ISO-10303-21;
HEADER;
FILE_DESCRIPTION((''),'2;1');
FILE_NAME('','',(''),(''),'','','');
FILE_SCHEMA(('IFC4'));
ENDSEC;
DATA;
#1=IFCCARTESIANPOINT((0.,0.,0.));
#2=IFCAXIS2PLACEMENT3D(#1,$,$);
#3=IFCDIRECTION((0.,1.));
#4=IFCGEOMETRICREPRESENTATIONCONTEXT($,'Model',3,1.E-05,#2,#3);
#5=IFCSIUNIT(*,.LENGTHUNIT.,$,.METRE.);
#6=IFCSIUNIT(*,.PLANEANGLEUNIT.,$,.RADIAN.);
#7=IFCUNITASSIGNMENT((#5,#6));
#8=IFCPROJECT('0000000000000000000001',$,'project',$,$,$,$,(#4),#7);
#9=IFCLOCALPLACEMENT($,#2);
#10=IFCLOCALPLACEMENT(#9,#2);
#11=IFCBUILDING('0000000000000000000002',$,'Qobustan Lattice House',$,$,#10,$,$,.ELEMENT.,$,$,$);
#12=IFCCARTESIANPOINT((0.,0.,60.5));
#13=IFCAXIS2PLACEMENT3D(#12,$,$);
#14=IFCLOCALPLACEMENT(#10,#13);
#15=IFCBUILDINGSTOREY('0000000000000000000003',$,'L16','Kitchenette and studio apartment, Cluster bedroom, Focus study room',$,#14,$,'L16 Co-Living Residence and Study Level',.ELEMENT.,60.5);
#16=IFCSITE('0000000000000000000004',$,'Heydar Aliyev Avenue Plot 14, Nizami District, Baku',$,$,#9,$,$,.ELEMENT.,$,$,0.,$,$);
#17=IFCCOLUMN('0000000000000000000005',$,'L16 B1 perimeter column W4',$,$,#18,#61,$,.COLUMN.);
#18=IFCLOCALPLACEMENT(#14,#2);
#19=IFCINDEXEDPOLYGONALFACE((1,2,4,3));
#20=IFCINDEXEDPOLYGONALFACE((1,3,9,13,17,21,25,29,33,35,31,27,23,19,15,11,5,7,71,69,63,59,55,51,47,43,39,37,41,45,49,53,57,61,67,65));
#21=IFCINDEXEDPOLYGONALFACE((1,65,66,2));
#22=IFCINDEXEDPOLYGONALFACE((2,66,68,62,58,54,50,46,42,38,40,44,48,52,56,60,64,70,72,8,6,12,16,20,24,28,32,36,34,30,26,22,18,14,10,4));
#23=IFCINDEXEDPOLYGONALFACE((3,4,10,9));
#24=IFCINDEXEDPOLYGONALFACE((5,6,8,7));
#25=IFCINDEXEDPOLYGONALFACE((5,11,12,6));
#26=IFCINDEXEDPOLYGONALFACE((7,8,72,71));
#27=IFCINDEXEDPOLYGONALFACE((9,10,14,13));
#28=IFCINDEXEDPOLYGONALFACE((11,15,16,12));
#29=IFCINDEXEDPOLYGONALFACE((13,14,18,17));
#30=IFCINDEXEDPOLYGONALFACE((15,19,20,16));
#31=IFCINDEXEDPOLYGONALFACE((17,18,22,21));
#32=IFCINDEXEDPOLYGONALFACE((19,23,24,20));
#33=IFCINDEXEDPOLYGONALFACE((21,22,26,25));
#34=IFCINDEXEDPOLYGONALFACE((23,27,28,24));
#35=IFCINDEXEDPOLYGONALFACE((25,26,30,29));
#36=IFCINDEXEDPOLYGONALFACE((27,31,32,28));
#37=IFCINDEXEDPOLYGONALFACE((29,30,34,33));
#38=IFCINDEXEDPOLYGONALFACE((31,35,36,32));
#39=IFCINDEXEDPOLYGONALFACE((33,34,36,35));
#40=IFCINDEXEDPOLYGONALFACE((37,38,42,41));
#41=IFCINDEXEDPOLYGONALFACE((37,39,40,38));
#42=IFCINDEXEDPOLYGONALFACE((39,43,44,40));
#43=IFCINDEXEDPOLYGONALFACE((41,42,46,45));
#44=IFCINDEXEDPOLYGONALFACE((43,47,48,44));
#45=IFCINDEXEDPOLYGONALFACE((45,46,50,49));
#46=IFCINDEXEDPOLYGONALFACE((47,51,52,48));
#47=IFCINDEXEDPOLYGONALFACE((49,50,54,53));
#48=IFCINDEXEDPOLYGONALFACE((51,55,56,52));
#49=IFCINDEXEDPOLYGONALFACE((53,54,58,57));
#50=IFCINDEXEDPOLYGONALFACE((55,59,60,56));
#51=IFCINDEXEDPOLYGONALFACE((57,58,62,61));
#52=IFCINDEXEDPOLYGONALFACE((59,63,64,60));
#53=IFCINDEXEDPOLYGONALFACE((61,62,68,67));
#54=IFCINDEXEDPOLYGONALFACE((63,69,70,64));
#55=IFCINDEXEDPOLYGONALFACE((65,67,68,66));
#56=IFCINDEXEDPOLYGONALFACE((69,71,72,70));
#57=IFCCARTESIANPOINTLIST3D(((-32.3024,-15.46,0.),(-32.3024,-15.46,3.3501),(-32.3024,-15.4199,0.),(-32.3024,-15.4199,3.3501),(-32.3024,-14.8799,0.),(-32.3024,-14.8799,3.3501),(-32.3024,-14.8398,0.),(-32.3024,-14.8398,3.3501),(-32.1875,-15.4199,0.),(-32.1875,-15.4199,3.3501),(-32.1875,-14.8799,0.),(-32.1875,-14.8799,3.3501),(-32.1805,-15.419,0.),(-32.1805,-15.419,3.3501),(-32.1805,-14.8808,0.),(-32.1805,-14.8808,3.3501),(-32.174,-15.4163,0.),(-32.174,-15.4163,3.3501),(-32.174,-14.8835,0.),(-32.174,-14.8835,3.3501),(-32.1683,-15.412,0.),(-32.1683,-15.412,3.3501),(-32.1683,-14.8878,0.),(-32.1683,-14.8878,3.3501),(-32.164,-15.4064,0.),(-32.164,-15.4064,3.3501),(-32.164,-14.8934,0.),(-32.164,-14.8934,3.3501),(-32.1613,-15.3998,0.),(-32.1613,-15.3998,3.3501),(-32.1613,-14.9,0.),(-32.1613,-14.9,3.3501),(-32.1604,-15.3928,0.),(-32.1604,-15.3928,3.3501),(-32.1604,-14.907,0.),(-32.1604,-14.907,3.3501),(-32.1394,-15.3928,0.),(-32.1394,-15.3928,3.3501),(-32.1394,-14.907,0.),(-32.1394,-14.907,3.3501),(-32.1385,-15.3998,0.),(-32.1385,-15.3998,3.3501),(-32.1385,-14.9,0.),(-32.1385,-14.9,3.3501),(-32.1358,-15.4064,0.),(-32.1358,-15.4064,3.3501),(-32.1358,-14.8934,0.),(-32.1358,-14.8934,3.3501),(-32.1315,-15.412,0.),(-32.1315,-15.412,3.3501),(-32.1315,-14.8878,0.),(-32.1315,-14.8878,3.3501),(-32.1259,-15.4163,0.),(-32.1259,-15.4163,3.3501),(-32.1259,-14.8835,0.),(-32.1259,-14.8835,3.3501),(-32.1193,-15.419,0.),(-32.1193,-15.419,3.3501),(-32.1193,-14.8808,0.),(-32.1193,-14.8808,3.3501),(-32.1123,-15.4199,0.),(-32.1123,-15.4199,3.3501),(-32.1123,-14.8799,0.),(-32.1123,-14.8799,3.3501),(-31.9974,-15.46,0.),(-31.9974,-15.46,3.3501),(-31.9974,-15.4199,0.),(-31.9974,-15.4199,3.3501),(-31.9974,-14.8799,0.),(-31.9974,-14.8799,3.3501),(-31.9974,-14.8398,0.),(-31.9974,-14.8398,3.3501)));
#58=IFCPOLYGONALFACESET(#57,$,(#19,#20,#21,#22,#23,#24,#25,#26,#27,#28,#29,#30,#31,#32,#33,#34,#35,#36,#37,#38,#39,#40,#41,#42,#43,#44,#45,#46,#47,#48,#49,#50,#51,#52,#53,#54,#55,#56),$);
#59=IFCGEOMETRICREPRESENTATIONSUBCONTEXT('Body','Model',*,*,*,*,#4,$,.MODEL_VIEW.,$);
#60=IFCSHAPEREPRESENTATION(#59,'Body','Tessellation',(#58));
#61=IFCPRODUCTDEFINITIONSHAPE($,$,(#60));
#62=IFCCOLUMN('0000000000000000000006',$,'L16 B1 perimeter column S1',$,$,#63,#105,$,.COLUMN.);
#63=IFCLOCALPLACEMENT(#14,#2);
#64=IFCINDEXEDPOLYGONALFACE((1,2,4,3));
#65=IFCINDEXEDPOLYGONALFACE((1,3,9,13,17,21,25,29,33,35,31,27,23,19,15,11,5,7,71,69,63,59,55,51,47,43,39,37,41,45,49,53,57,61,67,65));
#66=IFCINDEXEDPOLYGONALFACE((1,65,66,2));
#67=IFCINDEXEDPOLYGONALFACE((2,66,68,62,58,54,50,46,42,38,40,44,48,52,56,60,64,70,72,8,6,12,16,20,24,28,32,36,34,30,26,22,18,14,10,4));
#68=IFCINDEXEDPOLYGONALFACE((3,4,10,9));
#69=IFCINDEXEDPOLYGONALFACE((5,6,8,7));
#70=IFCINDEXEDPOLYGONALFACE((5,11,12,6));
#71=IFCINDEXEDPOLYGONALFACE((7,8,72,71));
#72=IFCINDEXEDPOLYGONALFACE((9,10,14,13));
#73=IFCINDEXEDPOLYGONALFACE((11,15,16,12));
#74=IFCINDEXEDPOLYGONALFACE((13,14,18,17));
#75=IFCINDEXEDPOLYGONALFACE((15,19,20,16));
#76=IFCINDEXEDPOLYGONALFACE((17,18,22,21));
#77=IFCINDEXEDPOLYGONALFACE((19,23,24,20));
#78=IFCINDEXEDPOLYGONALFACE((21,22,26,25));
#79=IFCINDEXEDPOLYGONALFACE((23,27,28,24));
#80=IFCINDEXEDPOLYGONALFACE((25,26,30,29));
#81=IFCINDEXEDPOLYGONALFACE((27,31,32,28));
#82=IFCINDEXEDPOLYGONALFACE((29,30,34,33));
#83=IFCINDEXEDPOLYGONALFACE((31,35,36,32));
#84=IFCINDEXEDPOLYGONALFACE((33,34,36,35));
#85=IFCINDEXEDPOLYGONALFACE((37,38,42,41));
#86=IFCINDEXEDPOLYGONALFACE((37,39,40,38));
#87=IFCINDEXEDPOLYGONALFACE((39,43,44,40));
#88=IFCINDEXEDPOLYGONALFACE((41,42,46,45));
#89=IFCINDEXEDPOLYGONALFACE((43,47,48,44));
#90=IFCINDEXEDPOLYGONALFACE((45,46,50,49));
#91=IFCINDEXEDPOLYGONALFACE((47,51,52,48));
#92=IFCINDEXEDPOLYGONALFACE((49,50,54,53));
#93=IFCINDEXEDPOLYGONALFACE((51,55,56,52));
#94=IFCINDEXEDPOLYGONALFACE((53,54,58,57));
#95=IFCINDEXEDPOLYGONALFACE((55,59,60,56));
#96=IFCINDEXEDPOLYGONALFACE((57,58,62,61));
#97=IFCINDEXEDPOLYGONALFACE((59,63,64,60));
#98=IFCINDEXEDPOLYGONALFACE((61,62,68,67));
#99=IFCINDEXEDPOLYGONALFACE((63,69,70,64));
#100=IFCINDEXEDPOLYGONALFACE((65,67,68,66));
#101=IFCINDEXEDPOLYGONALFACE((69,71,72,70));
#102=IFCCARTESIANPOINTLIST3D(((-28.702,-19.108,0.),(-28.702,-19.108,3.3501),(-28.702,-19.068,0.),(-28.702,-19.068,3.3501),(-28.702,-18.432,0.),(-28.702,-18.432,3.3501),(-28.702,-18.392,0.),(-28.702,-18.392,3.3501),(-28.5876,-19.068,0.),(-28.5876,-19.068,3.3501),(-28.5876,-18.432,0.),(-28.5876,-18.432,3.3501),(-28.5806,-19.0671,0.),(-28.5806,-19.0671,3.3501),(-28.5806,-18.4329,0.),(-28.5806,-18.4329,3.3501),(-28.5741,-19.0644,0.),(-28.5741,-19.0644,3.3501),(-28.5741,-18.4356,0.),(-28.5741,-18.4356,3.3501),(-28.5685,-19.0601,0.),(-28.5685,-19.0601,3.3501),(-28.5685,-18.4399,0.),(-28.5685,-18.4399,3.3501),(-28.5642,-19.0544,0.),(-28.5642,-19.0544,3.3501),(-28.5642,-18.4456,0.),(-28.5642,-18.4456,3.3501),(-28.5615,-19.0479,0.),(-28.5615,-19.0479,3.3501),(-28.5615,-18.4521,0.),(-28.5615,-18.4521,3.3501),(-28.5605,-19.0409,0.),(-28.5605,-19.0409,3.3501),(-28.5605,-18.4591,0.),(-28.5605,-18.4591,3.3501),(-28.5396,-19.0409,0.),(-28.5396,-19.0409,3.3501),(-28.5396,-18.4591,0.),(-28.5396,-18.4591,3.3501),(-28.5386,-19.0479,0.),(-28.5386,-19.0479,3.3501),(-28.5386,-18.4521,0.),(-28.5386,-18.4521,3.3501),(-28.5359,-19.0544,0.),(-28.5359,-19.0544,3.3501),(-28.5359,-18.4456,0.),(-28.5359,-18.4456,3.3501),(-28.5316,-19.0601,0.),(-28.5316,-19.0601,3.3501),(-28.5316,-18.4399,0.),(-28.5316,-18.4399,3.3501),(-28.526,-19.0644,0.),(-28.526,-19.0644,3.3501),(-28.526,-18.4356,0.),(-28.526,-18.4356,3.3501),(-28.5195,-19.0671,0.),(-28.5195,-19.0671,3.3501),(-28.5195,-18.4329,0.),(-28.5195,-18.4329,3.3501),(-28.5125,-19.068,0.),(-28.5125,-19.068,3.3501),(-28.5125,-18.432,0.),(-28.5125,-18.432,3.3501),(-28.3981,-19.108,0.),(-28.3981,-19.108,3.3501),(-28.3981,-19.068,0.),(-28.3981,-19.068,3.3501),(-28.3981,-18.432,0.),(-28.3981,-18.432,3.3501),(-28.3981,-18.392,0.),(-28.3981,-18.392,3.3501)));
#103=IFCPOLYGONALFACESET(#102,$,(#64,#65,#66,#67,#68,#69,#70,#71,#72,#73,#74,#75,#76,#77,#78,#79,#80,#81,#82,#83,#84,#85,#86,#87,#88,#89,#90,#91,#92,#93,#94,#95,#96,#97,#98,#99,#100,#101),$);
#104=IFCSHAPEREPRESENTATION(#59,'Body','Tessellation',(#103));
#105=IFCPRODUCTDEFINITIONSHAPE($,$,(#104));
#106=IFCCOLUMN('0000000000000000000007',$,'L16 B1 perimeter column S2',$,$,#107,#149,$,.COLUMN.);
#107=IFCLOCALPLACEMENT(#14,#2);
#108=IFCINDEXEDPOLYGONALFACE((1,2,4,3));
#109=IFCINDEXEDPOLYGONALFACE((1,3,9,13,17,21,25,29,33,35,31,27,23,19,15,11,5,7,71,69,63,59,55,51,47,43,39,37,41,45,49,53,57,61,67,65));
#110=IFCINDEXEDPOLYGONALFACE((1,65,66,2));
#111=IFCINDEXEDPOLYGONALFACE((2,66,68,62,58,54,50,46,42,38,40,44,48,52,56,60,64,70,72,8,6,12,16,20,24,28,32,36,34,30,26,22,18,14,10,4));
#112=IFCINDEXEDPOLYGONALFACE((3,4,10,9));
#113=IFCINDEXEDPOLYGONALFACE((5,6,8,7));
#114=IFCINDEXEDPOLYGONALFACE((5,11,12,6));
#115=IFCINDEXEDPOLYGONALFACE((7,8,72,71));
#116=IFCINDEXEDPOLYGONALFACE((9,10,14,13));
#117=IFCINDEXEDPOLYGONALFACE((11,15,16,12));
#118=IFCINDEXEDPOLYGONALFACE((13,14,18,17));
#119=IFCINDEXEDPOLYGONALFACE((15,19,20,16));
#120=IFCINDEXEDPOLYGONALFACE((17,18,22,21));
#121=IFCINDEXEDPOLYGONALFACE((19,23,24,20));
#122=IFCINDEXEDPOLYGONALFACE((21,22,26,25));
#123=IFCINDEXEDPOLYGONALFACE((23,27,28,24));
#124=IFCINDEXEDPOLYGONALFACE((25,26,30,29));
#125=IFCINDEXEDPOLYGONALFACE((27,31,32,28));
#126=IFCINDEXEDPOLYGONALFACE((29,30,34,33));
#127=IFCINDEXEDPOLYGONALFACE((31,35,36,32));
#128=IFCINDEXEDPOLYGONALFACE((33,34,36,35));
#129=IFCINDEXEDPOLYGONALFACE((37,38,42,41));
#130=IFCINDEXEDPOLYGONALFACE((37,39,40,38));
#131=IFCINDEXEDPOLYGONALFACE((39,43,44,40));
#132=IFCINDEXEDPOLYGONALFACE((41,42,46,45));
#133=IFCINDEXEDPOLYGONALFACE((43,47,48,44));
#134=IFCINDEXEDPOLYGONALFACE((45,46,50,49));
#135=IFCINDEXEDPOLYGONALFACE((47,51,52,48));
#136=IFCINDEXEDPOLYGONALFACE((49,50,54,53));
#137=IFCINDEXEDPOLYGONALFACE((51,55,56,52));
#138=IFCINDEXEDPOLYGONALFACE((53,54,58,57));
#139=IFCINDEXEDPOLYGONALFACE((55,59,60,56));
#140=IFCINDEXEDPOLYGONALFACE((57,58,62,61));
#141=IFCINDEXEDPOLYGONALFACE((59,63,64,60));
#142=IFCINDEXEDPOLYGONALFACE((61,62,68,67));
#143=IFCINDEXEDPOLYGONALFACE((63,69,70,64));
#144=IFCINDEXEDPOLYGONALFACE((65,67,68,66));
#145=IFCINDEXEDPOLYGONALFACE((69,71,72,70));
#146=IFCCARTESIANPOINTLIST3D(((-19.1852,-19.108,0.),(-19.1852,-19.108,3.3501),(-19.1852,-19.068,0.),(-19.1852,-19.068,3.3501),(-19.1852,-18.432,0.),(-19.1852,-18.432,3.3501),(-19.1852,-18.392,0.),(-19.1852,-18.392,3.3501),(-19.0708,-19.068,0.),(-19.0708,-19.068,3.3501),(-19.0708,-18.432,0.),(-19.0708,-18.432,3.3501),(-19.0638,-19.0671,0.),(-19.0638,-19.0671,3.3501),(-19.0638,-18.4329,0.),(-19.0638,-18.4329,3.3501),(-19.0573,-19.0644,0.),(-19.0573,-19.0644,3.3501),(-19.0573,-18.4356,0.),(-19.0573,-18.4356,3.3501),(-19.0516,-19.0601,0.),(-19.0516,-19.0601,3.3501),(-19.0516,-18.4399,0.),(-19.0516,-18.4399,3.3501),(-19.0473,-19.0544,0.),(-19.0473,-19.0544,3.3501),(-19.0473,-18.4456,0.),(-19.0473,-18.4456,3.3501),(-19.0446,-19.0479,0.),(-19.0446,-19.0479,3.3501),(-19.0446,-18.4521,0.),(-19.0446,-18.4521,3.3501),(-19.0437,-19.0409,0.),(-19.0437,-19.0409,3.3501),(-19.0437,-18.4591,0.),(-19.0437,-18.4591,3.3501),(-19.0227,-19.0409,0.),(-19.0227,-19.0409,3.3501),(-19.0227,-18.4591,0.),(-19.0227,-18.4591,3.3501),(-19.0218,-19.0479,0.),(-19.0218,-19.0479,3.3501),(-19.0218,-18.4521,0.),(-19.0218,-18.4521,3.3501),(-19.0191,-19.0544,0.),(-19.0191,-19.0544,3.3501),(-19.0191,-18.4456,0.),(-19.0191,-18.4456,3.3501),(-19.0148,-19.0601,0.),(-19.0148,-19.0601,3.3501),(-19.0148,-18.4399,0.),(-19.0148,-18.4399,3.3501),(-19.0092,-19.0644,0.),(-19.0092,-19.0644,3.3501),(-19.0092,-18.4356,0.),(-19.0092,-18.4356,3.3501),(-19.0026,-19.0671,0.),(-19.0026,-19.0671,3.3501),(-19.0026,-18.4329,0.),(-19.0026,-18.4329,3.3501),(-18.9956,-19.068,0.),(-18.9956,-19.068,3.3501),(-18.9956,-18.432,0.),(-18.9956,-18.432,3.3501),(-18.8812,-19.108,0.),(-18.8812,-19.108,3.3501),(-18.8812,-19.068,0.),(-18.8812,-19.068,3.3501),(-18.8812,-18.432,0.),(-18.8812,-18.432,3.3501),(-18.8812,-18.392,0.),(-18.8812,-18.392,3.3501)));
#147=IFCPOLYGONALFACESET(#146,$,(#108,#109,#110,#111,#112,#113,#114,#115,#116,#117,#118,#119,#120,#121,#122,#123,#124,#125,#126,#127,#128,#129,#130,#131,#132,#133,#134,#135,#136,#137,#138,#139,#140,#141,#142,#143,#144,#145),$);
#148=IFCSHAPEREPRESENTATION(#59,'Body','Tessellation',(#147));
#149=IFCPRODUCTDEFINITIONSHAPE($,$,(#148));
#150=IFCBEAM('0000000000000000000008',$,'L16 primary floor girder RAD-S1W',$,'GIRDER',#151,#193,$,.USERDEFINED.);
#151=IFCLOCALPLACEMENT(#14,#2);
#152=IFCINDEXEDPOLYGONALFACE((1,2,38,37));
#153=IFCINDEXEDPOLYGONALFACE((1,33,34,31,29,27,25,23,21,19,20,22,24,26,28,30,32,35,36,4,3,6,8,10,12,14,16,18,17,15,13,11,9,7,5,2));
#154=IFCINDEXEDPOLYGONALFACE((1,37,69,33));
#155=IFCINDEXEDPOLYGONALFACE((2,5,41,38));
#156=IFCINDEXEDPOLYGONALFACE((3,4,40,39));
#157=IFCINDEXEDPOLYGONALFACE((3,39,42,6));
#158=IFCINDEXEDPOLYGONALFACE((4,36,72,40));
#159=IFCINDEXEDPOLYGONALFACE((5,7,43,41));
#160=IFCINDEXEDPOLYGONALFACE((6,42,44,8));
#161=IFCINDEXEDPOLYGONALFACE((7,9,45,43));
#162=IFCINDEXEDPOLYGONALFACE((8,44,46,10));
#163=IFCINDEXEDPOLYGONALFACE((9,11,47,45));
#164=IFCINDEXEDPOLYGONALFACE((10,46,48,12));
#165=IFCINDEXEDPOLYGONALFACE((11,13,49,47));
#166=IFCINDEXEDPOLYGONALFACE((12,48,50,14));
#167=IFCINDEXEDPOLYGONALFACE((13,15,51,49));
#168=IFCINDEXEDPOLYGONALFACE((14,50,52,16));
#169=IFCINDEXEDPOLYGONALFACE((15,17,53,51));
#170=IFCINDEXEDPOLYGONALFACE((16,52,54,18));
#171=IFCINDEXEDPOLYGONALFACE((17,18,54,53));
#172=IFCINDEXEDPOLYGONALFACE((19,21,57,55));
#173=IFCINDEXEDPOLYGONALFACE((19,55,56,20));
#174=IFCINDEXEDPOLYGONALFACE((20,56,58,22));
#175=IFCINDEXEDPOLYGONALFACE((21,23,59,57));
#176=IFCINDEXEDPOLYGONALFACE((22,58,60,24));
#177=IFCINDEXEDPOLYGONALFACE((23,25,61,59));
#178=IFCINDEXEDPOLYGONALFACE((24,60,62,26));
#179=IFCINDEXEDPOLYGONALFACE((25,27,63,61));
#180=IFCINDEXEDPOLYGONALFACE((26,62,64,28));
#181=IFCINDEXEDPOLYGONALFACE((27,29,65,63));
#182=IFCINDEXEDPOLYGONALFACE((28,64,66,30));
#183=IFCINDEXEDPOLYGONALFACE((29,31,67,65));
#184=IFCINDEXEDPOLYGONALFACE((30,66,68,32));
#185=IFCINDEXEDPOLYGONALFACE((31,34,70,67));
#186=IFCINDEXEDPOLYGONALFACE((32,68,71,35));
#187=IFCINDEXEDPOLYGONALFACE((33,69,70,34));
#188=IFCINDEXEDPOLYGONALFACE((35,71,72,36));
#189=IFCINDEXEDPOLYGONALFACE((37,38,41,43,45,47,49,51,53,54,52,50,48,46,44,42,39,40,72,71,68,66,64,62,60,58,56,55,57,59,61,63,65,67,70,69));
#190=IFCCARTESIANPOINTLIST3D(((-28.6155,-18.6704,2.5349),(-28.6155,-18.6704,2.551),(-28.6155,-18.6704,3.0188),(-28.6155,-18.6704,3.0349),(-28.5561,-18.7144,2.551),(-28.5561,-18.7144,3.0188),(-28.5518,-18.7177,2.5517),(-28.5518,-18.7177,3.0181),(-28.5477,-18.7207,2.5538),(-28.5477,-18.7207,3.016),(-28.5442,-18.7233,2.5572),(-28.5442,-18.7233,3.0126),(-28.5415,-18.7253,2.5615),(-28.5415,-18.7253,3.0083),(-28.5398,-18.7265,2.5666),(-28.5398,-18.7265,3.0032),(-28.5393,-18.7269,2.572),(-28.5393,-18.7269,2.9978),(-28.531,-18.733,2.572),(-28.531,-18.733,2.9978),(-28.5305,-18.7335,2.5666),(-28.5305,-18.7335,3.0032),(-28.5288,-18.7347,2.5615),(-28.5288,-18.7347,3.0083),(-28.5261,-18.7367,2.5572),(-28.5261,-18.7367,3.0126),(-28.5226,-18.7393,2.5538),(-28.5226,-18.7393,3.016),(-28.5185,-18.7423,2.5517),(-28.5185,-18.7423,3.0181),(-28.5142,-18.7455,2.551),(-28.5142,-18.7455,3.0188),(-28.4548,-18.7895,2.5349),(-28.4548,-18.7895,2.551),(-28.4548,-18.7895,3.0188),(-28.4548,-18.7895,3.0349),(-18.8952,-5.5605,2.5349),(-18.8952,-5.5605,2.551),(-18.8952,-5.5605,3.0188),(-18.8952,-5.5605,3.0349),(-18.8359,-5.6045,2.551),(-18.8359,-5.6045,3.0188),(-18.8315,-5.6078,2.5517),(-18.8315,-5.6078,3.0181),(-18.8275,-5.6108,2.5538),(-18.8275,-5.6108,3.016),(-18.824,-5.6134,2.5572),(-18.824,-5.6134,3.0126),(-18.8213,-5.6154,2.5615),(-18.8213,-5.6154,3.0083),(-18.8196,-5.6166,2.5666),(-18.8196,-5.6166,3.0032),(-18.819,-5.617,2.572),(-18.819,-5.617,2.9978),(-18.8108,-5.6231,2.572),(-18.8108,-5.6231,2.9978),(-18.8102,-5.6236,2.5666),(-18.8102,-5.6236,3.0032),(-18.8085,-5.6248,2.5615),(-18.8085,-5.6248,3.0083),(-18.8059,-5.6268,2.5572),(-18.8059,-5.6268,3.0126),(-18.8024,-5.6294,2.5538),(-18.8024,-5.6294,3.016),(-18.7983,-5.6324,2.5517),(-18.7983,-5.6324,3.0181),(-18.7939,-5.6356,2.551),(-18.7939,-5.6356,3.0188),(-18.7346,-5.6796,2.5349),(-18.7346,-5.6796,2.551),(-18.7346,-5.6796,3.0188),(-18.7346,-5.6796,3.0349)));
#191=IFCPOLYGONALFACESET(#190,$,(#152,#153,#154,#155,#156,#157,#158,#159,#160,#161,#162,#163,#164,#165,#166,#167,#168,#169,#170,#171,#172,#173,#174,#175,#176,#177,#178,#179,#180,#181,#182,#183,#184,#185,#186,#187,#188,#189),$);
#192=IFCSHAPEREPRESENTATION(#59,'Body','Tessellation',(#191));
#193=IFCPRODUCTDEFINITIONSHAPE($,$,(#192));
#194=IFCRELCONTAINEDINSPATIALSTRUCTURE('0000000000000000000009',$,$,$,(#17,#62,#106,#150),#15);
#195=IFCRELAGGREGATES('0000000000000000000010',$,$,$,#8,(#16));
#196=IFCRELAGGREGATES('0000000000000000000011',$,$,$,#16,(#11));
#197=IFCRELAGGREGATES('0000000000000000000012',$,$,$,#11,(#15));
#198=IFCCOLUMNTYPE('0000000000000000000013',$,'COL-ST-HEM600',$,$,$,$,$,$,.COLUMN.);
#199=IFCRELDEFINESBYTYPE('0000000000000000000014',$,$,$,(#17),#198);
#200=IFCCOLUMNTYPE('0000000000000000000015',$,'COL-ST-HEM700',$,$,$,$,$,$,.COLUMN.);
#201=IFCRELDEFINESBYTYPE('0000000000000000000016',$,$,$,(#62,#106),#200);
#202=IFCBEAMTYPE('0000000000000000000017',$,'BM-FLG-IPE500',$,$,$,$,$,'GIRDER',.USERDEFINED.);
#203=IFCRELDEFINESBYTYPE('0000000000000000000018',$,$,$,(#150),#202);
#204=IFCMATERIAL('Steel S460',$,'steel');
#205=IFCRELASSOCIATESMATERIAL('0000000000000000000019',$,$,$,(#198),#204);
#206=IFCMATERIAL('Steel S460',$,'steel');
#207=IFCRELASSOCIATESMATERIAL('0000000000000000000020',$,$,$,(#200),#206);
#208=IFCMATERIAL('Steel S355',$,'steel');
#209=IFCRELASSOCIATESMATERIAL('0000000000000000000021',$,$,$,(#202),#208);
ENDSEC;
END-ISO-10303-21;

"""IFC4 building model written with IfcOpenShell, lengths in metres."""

from ifc_helpers import new_model, si_unit, direction, frame, origin, origin_2d, place, context, subcontext, project, spatial, i_section, extrude, material, material_profile, profile_set, type_object, element, save


model = new_model("IFC4")

# Units and contexts
model_context = context("Model", 3, precision=1e-05, world=origin(), true_north=direction((0.0, 1.0)))
body_context = subcontext(model_context, "Body", "Model", "MODEL_VIEW")
ifc_project = project(units=[si_unit("LENGTHUNIT", "METRE"), si_unit("PLANEANGLEUNIT", "RADIAN")], contexts=[model_context])

# Site, building, storey
site_placement = place(None, origin())
site = spatial("IfcSite", under=ifc_project, at=site_placement, Name="Heydar Aliyev Avenue Plot 14, Nizami District, Baku", CompositionType="ELEMENT", RefElevation=0.0)
building_placement = place(site_placement, origin())
building = spatial("IfcBuilding", under=site, at=building_placement, Name="Qobustan Lattice House", CompositionType="ELEMENT")
storey_placement = place(building_placement, frame((0.0, 0.0, 60.5)))
storey = spatial("IfcBuildingStorey", under=building, at=storey_placement, Name="L16", Description="Kitchenette and studio apartment, Cluster bedroom, Focus study room", LongName="L16 Co-Living Residence and Study Level", CompositionType="ELEMENT", Elevation=60.5)

# Columns
ifc_material_1 = material(Name="Steel S460", Category="steel")
ifc_material_profile_1 = material_profile(ifc_material_1, i_section(OverallWidth=0.3049, OverallDepth=0.6201, WebThickness=0.021, FlangeThickness=0.04, FilletRadius=0.0271, at=origin_2d()), Name="HEM600")
ifc_profile_set_1 = profile_set([ifc_material_profile_1], Name="Steel S460")
column_type_1 = type_object("IfcColumnType", Name="COL-ST-HEM600", PredefinedType="COLUMN", material=ifc_profile_set_1)
column_placement = place(storey_placement, frame((-32.1499, -15.1499, 0.0), z_axis=(0.0, 0.0, 1.0), x_axis=(1.0, 0.0, 0.0)))
element("IfcColumn", 1, at=column_placement, inside=storey, type_object=column_type_1, Name="L16 B1 perimeter column W4", PredefinedType="COLUMN", context=body_context, shape_type="SweptSolid", body=[
    extrude(i_section(OverallWidth=0.3049, OverallDepth=0.6201, WebThickness=0.021, FlangeThickness=0.04, FilletRadius=0.0271, at=origin_2d()), origin(), (0.0, 0.0, 1.0), 3.3501),
])
ifc_material_2 = material(Name="Steel S460", Category="steel")
ifc_material_profile_2 = material_profile(ifc_material_2, i_section(OverallWidth=0.304, OverallDepth=0.7161, WebThickness=0.021, FlangeThickness=0.04, FilletRadius=0.0271, at=origin_2d()), Name="HEM700")
ifc_profile_set_2 = profile_set([ifc_material_profile_2], Name="Steel S460")
column_type_2 = type_object("IfcColumnType", Name="COL-ST-HEM700", PredefinedType="COLUMN", material=ifc_profile_set_2)
for number, where, z_axis, x_axis, name in (
    (2, (-28.55, -18.75, 0.0), (0.0, 0.0, 1.0), (1.0, 0.0, 0.0), "L16 B1 perimeter column S1"),
    (3, (-19.0332, -18.75, 0.0), (0.0, 0.0, 1.0), (1.0, 0.0, 0.0), "L16 B1 perimeter column S2"),
):
    element("IfcColumn", number, at=place(storey_placement, frame(where, z_axis=z_axis, x_axis=x_axis)), inside=storey, type_object=column_type_2, Name=name, PredefinedType="COLUMN", context=body_context, shape_type="SweptSolid", body=[
        extrude(i_section(OverallWidth=0.304, OverallDepth=0.7161, WebThickness=0.021, FlangeThickness=0.04, FilletRadius=0.0271, at=origin_2d()), origin(), (0.0, 0.0, 1.0), 3.3501),
    ])

# Beam
ifc_material_3 = material(Name="Steel S355", Category="steel")
ifc_material_profile_3 = material_profile(ifc_material_3, i_section(OverallWidth=0.2, OverallDepth=0.5, WebThickness=0.0103, FlangeThickness=0.0161, FilletRadius=0.021, at=origin_2d()), Name="IPE500")
ifc_profile_set_3 = profile_set([ifc_material_profile_3], Name="Steel S355")
beam_type_1 = type_object("IfcBeamType", Name="BM-FLG-IPE500", ElementType="GIRDER", PredefinedType="USERDEFINED", material=ifc_profile_set_3)
beam_1_placement = place(storey_placement, frame((-28.5352, -18.73, 2.7849), z_axis=(0.595592, 0.803287, 0.0), x_axis=(-0.803287, 0.595592, 0.0)))
element("IfcBeam", 4, at=beam_1_placement, inside=storey, type_object=beam_type_1, Name="L16 primary floor girder RAD-S1W", ObjectType="GIRDER", PredefinedType="USERDEFINED", context=body_context, shape_type="SweptSolid", body=[
    extrude(i_section(OverallWidth=0.2, OverallDepth=0.5, WebThickness=0.0103, FlangeThickness=0.0161, FilletRadius=0.021, at=origin_2d()), origin(), (0.0, 0.0, 1.0), 16.3203),
])

save(model, "model.ifc")
